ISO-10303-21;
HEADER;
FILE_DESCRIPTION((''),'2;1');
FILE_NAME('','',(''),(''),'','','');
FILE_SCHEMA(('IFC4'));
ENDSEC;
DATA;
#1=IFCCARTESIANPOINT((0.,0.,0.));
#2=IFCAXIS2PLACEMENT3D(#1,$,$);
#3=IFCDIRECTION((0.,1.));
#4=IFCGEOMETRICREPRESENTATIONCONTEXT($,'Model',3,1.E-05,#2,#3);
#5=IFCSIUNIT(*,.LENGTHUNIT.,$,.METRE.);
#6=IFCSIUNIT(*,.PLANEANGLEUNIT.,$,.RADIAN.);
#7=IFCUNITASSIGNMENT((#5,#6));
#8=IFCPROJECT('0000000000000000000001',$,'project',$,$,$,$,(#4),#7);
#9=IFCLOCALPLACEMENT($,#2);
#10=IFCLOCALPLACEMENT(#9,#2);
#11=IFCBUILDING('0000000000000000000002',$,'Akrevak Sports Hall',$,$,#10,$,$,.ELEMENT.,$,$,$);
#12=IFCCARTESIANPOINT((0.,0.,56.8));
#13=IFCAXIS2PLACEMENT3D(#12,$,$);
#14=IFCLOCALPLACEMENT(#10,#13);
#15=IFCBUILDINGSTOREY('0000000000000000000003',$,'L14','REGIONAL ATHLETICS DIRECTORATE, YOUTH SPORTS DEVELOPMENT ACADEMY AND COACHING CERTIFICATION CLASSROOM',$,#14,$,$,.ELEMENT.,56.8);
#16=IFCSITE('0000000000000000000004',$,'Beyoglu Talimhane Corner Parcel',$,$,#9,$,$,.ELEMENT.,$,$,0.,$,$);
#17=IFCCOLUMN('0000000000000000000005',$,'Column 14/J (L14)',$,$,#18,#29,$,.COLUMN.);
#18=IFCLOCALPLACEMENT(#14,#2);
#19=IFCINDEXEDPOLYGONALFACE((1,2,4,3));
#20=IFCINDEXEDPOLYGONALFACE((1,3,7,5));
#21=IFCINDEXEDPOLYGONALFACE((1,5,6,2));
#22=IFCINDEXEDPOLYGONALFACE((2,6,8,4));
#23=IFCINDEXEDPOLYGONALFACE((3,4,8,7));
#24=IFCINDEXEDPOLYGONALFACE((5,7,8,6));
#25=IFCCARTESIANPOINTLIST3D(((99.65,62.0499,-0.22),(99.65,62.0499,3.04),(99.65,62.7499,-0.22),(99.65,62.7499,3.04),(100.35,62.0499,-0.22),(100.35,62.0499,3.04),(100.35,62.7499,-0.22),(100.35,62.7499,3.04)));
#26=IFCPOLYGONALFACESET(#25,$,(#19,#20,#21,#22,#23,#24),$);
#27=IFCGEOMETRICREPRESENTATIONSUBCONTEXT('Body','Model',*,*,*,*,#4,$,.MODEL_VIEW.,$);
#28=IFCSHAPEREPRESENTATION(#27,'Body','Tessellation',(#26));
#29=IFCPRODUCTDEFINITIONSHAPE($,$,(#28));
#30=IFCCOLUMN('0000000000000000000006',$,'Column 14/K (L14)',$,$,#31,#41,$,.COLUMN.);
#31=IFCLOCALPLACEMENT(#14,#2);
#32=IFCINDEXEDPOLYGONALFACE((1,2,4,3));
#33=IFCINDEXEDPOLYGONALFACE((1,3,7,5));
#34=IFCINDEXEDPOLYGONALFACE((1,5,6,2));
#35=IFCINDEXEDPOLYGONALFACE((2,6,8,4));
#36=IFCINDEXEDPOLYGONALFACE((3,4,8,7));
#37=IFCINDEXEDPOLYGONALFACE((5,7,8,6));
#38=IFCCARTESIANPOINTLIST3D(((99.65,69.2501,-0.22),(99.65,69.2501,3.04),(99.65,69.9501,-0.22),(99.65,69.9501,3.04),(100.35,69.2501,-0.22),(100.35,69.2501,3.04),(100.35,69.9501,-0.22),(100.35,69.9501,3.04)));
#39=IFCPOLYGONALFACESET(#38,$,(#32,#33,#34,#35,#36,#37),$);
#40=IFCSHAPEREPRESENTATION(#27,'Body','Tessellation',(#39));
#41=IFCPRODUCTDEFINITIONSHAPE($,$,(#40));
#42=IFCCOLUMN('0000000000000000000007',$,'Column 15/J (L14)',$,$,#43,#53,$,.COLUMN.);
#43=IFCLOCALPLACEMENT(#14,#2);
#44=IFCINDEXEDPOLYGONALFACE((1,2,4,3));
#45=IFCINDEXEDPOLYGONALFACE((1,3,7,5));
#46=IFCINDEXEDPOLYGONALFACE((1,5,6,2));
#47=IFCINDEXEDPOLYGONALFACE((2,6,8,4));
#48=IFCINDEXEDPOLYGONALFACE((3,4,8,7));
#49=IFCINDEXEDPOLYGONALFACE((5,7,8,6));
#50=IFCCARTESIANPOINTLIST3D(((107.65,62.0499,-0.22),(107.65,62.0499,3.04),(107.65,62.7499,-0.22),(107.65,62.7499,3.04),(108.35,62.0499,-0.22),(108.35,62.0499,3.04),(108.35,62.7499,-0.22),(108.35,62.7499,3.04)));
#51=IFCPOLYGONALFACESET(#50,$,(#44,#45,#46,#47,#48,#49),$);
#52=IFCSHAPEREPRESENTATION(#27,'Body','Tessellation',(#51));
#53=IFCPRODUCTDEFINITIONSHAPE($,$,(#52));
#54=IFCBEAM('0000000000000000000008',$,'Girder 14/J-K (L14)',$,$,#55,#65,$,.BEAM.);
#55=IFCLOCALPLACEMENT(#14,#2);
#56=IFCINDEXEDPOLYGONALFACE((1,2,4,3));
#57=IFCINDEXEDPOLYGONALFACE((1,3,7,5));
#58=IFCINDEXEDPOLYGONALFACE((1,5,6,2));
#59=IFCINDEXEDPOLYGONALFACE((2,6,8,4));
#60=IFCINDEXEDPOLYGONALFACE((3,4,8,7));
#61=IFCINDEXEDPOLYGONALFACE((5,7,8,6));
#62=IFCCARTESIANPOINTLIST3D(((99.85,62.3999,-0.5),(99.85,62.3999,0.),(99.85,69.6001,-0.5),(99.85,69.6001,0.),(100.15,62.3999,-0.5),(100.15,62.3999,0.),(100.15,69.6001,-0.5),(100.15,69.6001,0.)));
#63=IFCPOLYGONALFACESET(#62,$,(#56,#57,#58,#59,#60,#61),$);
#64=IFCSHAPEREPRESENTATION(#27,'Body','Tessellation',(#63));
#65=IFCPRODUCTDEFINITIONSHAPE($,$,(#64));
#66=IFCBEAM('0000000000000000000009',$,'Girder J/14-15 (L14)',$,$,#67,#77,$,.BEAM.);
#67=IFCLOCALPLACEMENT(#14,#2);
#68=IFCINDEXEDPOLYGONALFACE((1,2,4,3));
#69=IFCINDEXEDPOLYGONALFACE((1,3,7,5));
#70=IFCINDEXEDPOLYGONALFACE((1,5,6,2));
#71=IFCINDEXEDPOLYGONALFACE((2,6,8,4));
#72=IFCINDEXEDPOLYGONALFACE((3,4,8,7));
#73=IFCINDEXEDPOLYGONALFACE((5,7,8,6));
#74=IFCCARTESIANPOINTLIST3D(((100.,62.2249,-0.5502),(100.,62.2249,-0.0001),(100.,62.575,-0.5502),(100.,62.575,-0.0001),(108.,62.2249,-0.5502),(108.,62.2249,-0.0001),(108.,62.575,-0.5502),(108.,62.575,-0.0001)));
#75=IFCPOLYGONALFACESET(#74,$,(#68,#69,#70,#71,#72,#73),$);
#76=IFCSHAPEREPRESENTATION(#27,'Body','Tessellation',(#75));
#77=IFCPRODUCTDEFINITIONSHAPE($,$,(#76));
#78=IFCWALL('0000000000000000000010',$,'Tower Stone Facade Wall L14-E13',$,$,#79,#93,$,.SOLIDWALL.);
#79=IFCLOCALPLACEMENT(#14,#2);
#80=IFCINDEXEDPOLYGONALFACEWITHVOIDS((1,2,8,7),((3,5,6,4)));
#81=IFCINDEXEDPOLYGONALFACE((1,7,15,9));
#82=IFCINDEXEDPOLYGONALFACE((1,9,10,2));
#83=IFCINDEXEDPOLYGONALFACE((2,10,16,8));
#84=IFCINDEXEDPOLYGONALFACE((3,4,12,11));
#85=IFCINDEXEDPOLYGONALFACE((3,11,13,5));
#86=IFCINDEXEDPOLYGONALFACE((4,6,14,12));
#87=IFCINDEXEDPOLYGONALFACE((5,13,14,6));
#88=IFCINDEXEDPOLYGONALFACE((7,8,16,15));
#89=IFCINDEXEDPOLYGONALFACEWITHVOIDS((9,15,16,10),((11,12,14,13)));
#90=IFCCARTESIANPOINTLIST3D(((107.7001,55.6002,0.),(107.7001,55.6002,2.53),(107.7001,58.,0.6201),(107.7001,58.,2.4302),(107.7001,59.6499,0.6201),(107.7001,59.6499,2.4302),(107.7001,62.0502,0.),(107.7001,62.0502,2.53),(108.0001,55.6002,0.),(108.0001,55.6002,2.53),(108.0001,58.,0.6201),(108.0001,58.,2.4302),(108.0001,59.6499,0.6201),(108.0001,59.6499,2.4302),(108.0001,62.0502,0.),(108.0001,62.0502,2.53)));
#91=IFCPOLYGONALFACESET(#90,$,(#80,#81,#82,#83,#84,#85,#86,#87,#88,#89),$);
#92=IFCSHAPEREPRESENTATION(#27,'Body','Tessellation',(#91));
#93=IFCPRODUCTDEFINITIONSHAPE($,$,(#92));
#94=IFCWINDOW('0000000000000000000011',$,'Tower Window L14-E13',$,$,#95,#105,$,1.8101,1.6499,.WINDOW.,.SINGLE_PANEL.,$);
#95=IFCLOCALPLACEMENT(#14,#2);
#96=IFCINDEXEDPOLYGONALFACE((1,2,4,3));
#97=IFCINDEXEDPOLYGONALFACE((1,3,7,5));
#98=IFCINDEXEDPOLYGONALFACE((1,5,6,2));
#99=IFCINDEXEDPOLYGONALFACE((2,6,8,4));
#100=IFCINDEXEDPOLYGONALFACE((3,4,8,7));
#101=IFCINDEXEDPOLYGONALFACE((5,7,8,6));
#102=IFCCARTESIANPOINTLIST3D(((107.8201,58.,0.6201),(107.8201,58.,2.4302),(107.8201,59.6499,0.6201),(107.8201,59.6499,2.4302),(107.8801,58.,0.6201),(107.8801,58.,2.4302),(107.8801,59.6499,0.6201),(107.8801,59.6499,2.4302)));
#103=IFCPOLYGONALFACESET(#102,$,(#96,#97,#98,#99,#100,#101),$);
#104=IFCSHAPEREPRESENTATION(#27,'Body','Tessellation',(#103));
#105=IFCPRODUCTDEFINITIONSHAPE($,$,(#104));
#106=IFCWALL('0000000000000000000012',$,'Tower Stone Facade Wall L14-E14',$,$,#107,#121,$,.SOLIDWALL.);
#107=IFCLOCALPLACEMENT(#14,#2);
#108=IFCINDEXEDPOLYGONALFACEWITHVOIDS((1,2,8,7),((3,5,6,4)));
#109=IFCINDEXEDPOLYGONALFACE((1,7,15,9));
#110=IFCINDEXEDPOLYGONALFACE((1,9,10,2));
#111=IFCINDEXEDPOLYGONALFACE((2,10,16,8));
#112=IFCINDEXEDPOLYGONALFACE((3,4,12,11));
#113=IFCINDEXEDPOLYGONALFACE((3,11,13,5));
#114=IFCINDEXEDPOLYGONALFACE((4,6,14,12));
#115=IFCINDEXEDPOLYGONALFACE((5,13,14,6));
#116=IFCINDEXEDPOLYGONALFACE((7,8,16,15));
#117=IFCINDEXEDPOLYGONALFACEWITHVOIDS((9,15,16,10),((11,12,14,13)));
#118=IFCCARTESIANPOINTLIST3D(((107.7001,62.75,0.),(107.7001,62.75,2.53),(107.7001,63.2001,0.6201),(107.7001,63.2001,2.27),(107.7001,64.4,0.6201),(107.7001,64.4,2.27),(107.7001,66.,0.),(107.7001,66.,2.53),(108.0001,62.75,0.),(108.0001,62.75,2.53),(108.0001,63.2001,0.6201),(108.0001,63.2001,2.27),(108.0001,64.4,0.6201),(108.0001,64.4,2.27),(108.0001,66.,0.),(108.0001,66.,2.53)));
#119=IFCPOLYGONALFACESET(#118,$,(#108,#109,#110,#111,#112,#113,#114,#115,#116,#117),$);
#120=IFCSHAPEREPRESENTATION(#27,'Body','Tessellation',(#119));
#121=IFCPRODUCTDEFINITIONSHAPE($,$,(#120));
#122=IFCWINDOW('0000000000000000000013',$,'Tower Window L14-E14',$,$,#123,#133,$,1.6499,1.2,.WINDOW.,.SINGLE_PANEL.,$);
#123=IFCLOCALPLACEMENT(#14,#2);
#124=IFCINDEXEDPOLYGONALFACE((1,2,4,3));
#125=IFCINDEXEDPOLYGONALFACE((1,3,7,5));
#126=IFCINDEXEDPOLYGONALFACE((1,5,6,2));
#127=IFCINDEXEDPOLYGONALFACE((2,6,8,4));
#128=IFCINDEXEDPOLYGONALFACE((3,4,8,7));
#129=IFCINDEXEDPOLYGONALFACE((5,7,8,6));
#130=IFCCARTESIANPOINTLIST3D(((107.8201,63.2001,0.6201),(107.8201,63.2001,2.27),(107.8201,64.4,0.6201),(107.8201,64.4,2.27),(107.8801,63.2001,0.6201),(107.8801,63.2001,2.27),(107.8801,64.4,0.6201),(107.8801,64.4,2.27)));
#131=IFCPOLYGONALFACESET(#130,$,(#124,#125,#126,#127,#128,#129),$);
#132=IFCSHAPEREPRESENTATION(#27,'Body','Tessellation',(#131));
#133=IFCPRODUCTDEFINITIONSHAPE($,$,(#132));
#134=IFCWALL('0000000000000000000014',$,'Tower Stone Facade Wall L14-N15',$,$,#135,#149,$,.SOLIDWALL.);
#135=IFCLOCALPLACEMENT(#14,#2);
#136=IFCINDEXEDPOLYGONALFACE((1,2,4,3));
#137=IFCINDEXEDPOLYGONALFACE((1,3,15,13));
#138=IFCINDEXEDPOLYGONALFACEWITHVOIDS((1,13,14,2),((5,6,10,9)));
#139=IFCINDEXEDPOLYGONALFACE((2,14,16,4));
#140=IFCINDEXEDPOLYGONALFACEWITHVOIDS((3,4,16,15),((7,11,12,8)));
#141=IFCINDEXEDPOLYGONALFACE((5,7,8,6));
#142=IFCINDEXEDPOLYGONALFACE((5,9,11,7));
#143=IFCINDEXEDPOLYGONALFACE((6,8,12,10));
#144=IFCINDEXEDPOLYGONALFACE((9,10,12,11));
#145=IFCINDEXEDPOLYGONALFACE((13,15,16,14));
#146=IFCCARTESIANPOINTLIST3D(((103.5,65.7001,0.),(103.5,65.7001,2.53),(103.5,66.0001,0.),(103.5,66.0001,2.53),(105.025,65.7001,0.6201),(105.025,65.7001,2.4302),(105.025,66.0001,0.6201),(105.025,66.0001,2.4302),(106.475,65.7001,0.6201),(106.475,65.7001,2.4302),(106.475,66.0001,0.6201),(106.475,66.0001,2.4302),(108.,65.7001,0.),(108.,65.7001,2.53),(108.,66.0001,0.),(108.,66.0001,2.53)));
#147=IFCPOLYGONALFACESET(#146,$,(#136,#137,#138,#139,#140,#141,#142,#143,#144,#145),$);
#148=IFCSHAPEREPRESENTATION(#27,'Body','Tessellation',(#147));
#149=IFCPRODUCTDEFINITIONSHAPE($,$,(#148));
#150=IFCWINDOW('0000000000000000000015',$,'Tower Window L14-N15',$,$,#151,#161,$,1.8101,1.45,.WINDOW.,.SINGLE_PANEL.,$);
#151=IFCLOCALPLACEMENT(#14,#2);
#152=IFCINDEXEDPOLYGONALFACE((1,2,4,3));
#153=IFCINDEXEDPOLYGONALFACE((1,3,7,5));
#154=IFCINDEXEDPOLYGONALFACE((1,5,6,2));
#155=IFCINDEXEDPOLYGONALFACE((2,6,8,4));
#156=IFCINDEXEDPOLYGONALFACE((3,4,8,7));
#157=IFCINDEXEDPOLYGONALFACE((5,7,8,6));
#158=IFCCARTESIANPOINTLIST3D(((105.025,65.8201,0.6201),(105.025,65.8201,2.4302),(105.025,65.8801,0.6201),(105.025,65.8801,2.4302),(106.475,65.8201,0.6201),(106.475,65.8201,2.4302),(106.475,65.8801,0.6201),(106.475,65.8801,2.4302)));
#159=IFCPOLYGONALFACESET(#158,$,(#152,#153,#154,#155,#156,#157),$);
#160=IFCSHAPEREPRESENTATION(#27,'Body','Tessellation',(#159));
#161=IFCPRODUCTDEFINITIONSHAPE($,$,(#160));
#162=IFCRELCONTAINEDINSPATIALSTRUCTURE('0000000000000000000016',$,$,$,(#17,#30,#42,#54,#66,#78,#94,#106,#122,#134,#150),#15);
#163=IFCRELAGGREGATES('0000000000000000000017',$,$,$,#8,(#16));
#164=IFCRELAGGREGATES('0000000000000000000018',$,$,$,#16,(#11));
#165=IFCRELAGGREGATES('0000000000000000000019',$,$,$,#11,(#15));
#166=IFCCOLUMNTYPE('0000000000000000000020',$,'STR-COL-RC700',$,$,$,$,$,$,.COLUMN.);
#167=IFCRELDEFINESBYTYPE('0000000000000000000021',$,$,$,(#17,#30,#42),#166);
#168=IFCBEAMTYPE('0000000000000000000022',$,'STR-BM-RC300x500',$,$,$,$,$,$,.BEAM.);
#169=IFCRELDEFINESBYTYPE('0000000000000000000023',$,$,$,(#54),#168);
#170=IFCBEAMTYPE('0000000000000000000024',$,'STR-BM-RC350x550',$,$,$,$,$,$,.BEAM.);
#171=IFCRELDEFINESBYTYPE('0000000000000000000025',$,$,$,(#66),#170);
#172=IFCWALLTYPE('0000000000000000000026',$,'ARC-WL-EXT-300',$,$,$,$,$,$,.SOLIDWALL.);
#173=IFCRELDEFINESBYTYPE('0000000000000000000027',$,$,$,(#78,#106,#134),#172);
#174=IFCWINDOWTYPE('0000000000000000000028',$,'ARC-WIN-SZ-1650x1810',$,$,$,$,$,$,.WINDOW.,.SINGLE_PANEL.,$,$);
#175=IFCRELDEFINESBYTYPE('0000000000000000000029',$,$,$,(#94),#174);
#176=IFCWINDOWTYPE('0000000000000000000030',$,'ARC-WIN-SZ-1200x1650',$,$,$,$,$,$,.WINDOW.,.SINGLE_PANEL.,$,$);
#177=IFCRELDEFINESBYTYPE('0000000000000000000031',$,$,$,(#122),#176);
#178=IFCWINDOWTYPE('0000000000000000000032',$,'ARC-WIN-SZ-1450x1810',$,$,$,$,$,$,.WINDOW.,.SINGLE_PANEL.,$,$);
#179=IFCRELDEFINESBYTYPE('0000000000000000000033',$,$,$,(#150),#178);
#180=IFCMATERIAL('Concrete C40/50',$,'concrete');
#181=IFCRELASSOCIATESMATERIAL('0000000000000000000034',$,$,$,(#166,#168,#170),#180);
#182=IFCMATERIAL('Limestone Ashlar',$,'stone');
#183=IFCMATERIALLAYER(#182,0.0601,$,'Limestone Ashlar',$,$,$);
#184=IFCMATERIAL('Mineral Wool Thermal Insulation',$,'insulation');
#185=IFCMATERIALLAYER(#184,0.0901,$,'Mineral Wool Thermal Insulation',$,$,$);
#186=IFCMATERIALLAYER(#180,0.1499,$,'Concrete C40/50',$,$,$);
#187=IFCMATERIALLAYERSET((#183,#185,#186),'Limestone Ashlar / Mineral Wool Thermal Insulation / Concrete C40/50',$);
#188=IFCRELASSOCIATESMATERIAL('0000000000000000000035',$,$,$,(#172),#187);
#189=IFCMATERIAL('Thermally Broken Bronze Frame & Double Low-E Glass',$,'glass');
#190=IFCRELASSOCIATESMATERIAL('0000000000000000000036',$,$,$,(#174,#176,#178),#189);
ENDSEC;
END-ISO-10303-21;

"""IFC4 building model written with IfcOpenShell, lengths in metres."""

from ifc_helpers import new_model, si_unit, direction, frame, frame_2d, origin, origin_2d, place, context, subcontext, project, spatial, rectangle, extrude, material, layer, layer_set, material_profile, profile_set, type_object, element, fill, save


model = new_model("IFC4")

# Units and contexts
model_context = context("Model", 3, precision=1e-05, world=origin(), true_north=direction((0.0, 1.0)))
body_context = subcontext(model_context, "Body", "Model", "MODEL_VIEW")
ifc_project = project(units=[si_unit("LENGTHUNIT", "METRE"), si_unit("PLANEANGLEUNIT", "RADIAN")], contexts=[model_context])

# Site, building, storey
site_placement = place(None, origin())
site = spatial("IfcSite", under=ifc_project, at=site_placement, Name="Beyoglu Talimhane Corner Parcel", CompositionType="ELEMENT", RefElevation=0.0)
building_placement = place(site_placement, origin())
building = spatial("IfcBuilding", under=site, at=building_placement, Name="Akrevak Sports Hall", CompositionType="ELEMENT")
storey_placement = place(building_placement, frame((0.0, 0.0, 56.8)))
storey = spatial("IfcBuildingStorey", under=building, at=storey_placement, Name="L14", Description="REGIONAL ATHLETICS DIRECTORATE, YOUTH SPORTS DEVELOPMENT ACADEMY AND COACHING CERTIFICATION CLASSROOM", CompositionType="ELEMENT", Elevation=56.8)

# Columns
ifc_material_1 = material(Name="Concrete C40/50", Category="concrete")
ifc_material_profile_1 = material_profile(ifc_material_1, rectangle(XDim=0.7, YDim=0.7, at=origin_2d()), Name="RC 700x700", Category="concrete")
ifc_profile_set_1 = profile_set([ifc_material_profile_1], Name="Concrete C40/50")
column_type = type_object("IfcColumnType", Name="STR-COL-RC700", PredefinedType="COLUMN", material=ifc_profile_set_1)
for number, where, z_axis, x_axis, name in (
    (1, (100.0, 62.3999, -0.22), (0.0, 0.0, 1.0), (1.0, 0.0, 0.0), "Column 14/J (L14)"),
    (2, (100.0, 69.6001, -0.22), (0.0, 0.0, 1.0), (1.0, 0.0, 0.0), "Column 14/K (L14)"),
    (3, (108.0, 62.3999, -0.22), (0.0, 0.0, 1.0), (1.0, 0.0, 0.0), "Column 15/J (L14)"),
):
    element("IfcColumn", number, at=place(storey_placement, frame(where, z_axis=z_axis, x_axis=x_axis)), inside=storey, type_object=column_type, Name=name, PredefinedType="COLUMN", context=body_context, shape_type="SweptSolid", body=[
        extrude(rectangle(XDim=0.7, YDim=0.7, at=origin_2d()), origin(), (0.0, 0.0, 1.0), 3.26),
    ])

# Beams
ifc_material_profile_2 = material_profile(ifc_material_1, rectangle(XDim=0.3, YDim=0.5, at=origin_2d()), Name="BM 300x500", Category="concrete")
ifc_profile_set_2 = profile_set([ifc_material_profile_2], Name="Concrete C40/50")
beam_type_1 = type_object("IfcBeamType", Name="STR-BM-RC300x500", PredefinedType="BEAM", material=ifc_profile_set_2)
beam_1_placement = place(storey_placement, frame((100.0, 62.3999, -0.25), z_axis=(0.0, 1.0, 0.0), x_axis=(-1.0, 0.0, 0.0)))
element("IfcBeam", 4, at=beam_1_placement, inside=storey, type_object=beam_type_1, Name="Girder 14/J-K (L14)", PredefinedType="BEAM", context=body_context, shape_type="SweptSolid", body=[
    extrude(rectangle(XDim=0.3, YDim=0.5, at=origin_2d()), origin(), (0.0, 0.0, 1.0), 7.2002),
])
ifc_material_profile_3 = material_profile(ifc_material_1, rectangle(XDim=0.3501, YDim=0.55, at=origin_2d()), Name="BM 350x550", Category="concrete")
ifc_profile_set_3 = profile_set([ifc_material_profile_3], Name="Concrete C40/50")
beam_type_2 = type_object("IfcBeamType", Name="STR-BM-RC350x550", PredefinedType="BEAM", material=ifc_profile_set_3)
beam_2_placement = place(storey_placement, frame((100.0, 62.3999, -0.2751), z_axis=(1.0, 0.0, 0.0), x_axis=(0.0, 1.0, 0.0)))
element("IfcBeam", 5, at=beam_2_placement, inside=storey, type_object=beam_type_2, Name="Girder J/14-15 (L14)", PredefinedType="BEAM", context=body_context, shape_type="SweptSolid", body=[
    extrude(rectangle(XDim=0.3501, YDim=0.55, at=origin_2d()), origin(), (0.0, 0.0, 1.0), 8.0),
])

# Walls, openings, windows
ifc_material_2 = material(Name="Limestone Ashlar", Category="stone")
ifc_layer_1 = layer(ifc_material_2, 0.0601, Name="Limestone Ashlar")
ifc_material_3 = material(Name="Mineral Wool Thermal Insulation", Category="insulation")
ifc_layer_2 = layer(ifc_material_3, 0.0901, Name="Mineral Wool Thermal Insulation")
ifc_layer_3 = layer(ifc_material_1, 0.1499, Name="Concrete C40/50")
ifc_layer_set_1 = layer_set([ifc_layer_1, ifc_layer_2, ifc_layer_3], Name="Limestone Ashlar / Mineral Wool Thermal Insulation / Concrete C40/50")
wall_type_1 = type_object("IfcWallType", Name="ARC-WL-EXT-300", PredefinedType="SOLIDWALL", material=ifc_layer_set_1)
wall_1_placement = place(storey_placement, frame((107.8501, 55.6001, 0.0), z_axis=(0.0, 0.0, 1.0), x_axis=(0.0, 1.0, 0.0)))
wall_1 = element("IfcWall", 6, at=wall_1_placement, inside=storey, type_object=wall_type_1, Name="Tower Stone Facade Wall L14-E13", PredefinedType="SOLIDWALL", context=body_context, shape_type="SweptSolid", body=[
    extrude(rectangle(XDim=6.45, YDim=0.3, at=frame_2d((3.2251, 0.0))), origin(), (0.0, 0.0, 1.0), 2.53),
])
opening_1_placement = place(wall_1_placement, frame((2.3999, 0.0, 0.6201)))
opening_1 = element("IfcOpeningElement", 7, at=opening_1_placement, cuts=wall_1, PredefinedType="OPENING", context=body_context, shape_type="SweptSolid", body=[
    extrude(rectangle(XDim=1.6499, YDim=1.8101, at=frame_2d((0.825, 0.905))), frame((0.0, 0.1621, 0.0), z_axis=(0.0, -1.0, 0.0), x_axis=(1.0, 0.0, 0.0)), (0.0, 0.0, 1.0), 0.324),
])
ifc_material_4 = material(Name="Thermally Broken Bronze Frame & Double Low-E Glass", Category="glass")
window_type_1 = type_object("IfcWindowType", Name="ARC-WIN-SZ-1650x1810", PartitioningType="SINGLE_PANEL", PredefinedType="WINDOW", material=ifc_material_4)
window_1_placement = place(opening_1_placement, origin())
window_1 = element("IfcWindow", 8, at=window_1_placement, inside=storey, type_object=window_type_1, Name="Tower Window L14-E13", OverallHeight=1.8101, OverallWidth=1.6499, PartitioningType="SINGLE_PANEL", PredefinedType="WINDOW", context=body_context, shape_type="SweptSolid", body=[
    extrude(rectangle(XDim=1.6499, YDim=1.8101, at=frame_2d((0.825, 0.905))), frame((0.0, 0.03, 0.0), z_axis=(0.0, -1.0, 0.0), x_axis=(1.0, 0.0, 0.0)), (0.0, 0.0, 1.0), 0.0601),
])
fill(opening_1, window_1)
wall_2_placement = place(storey_placement, frame((107.8501, 62.75, 0.0), z_axis=(0.0, 0.0, 1.0), x_axis=(0.0, 1.0, 0.0)))
wall_2 = element("IfcWall", 9, at=wall_2_placement, inside=storey, type_object=wall_type_1, Name="Tower Stone Facade Wall L14-E14", PredefinedType="SOLIDWALL", context=body_context, shape_type="SweptSolid", body=[
    extrude(rectangle(XDim=3.25, YDim=0.3, at=frame_2d((1.625, 0.0))), origin(), (0.0, 0.0, 1.0), 2.53),
])
opening_2_placement = place(wall_2_placement, frame((0.45, 0.0, 0.6201)))
opening_2 = element("IfcOpeningElement", 10, at=opening_2_placement, cuts=wall_2, PredefinedType="OPENING", context=body_context, shape_type="SweptSolid", body=[
    extrude(rectangle(XDim=1.2, YDim=1.6499, at=frame_2d((0.6001, 0.825))), frame((0.0, 0.1621, 0.0), z_axis=(0.0, -1.0, 0.0), x_axis=(1.0, 0.0, 0.0)), (0.0, 0.0, 1.0), 0.324),
])
window_type_2 = type_object("IfcWindowType", Name="ARC-WIN-SZ-1200x1650", PartitioningType="SINGLE_PANEL", PredefinedType="WINDOW", material=ifc_material_4)
window_2_placement = place(opening_2_placement, origin())
window_2 = element("IfcWindow", 11, at=window_2_placement, inside=storey, type_object=window_type_2, Name="Tower Window L14-E14", OverallHeight=1.6499, OverallWidth=1.2, PartitioningType="SINGLE_PANEL", PredefinedType="WINDOW", context=body_context, shape_type="SweptSolid", body=[
    extrude(rectangle(XDim=1.2, YDim=1.6499, at=frame_2d((0.6001, 0.825))), frame((0.0, 0.03, 0.0), z_axis=(0.0, -1.0, 0.0), x_axis=(1.0, 0.0, 0.0)), (0.0, 0.0, 1.0), 0.0601),
])
fill(opening_2, window_2)
wall_3_placement = place(storey_placement, frame((108.0, 65.8501, 0.0), z_axis=(0.0, 0.0, 1.0), x_axis=(-1.0, 0.0, 0.0)))
wall_3 = element("IfcWall", 12, at=wall_3_placement, inside=storey, type_object=wall_type_1, Name="Tower Stone Facade Wall L14-N15", PredefinedType="SOLIDWALL", context=body_context, shape_type="SweptSolid", body=[
    extrude(rectangle(XDim=4.5, YDim=0.3, at=frame_2d((2.25, 0.0))), origin(), (0.0, 0.0, 1.0), 2.53),
])
opening_3_placement = place(wall_3_placement, frame((1.5249, 0.0, 0.6201)))
opening_3 = element("IfcOpeningElement", 13, at=opening_3_placement, cuts=wall_3, PredefinedType="OPENING", context=body_context, shape_type="SweptSolid", body=[
    extrude(rectangle(XDim=1.45, YDim=1.8101, at=frame_2d((0.7251, 0.905))), frame((0.0, 0.1621, 0.0), z_axis=(0.0, -1.0, 0.0), x_axis=(1.0, 0.0, 0.0)), (0.0, 0.0, 1.0), 0.324),
])
window_type_3 = type_object("IfcWindowType", Name="ARC-WIN-SZ-1450x1810", PartitioningType="SINGLE_PANEL", PredefinedType="WINDOW", material=ifc_material_4)
window_3_placement = place(opening_3_placement, origin())
window_3 = element("IfcWindow", 14, at=window_3_placement, inside=storey, type_object=window_type_3, Name="Tower Window L14-N15", OverallHeight=1.8101, OverallWidth=1.45, PartitioningType="SINGLE_PANEL", PredefinedType="WINDOW", context=body_context, shape_type="SweptSolid", body=[
    extrude(rectangle(XDim=1.45, YDim=1.8101, at=frame_2d((0.7251, 0.905))), frame((0.0, 0.03, 0.0), z_axis=(0.0, -1.0, 0.0), x_axis=(1.0, 0.0, 0.0)), (0.0, 0.0, 1.0), 0.0601),
])
fill(opening_3, window_3)

save(model, "model.ifc")
